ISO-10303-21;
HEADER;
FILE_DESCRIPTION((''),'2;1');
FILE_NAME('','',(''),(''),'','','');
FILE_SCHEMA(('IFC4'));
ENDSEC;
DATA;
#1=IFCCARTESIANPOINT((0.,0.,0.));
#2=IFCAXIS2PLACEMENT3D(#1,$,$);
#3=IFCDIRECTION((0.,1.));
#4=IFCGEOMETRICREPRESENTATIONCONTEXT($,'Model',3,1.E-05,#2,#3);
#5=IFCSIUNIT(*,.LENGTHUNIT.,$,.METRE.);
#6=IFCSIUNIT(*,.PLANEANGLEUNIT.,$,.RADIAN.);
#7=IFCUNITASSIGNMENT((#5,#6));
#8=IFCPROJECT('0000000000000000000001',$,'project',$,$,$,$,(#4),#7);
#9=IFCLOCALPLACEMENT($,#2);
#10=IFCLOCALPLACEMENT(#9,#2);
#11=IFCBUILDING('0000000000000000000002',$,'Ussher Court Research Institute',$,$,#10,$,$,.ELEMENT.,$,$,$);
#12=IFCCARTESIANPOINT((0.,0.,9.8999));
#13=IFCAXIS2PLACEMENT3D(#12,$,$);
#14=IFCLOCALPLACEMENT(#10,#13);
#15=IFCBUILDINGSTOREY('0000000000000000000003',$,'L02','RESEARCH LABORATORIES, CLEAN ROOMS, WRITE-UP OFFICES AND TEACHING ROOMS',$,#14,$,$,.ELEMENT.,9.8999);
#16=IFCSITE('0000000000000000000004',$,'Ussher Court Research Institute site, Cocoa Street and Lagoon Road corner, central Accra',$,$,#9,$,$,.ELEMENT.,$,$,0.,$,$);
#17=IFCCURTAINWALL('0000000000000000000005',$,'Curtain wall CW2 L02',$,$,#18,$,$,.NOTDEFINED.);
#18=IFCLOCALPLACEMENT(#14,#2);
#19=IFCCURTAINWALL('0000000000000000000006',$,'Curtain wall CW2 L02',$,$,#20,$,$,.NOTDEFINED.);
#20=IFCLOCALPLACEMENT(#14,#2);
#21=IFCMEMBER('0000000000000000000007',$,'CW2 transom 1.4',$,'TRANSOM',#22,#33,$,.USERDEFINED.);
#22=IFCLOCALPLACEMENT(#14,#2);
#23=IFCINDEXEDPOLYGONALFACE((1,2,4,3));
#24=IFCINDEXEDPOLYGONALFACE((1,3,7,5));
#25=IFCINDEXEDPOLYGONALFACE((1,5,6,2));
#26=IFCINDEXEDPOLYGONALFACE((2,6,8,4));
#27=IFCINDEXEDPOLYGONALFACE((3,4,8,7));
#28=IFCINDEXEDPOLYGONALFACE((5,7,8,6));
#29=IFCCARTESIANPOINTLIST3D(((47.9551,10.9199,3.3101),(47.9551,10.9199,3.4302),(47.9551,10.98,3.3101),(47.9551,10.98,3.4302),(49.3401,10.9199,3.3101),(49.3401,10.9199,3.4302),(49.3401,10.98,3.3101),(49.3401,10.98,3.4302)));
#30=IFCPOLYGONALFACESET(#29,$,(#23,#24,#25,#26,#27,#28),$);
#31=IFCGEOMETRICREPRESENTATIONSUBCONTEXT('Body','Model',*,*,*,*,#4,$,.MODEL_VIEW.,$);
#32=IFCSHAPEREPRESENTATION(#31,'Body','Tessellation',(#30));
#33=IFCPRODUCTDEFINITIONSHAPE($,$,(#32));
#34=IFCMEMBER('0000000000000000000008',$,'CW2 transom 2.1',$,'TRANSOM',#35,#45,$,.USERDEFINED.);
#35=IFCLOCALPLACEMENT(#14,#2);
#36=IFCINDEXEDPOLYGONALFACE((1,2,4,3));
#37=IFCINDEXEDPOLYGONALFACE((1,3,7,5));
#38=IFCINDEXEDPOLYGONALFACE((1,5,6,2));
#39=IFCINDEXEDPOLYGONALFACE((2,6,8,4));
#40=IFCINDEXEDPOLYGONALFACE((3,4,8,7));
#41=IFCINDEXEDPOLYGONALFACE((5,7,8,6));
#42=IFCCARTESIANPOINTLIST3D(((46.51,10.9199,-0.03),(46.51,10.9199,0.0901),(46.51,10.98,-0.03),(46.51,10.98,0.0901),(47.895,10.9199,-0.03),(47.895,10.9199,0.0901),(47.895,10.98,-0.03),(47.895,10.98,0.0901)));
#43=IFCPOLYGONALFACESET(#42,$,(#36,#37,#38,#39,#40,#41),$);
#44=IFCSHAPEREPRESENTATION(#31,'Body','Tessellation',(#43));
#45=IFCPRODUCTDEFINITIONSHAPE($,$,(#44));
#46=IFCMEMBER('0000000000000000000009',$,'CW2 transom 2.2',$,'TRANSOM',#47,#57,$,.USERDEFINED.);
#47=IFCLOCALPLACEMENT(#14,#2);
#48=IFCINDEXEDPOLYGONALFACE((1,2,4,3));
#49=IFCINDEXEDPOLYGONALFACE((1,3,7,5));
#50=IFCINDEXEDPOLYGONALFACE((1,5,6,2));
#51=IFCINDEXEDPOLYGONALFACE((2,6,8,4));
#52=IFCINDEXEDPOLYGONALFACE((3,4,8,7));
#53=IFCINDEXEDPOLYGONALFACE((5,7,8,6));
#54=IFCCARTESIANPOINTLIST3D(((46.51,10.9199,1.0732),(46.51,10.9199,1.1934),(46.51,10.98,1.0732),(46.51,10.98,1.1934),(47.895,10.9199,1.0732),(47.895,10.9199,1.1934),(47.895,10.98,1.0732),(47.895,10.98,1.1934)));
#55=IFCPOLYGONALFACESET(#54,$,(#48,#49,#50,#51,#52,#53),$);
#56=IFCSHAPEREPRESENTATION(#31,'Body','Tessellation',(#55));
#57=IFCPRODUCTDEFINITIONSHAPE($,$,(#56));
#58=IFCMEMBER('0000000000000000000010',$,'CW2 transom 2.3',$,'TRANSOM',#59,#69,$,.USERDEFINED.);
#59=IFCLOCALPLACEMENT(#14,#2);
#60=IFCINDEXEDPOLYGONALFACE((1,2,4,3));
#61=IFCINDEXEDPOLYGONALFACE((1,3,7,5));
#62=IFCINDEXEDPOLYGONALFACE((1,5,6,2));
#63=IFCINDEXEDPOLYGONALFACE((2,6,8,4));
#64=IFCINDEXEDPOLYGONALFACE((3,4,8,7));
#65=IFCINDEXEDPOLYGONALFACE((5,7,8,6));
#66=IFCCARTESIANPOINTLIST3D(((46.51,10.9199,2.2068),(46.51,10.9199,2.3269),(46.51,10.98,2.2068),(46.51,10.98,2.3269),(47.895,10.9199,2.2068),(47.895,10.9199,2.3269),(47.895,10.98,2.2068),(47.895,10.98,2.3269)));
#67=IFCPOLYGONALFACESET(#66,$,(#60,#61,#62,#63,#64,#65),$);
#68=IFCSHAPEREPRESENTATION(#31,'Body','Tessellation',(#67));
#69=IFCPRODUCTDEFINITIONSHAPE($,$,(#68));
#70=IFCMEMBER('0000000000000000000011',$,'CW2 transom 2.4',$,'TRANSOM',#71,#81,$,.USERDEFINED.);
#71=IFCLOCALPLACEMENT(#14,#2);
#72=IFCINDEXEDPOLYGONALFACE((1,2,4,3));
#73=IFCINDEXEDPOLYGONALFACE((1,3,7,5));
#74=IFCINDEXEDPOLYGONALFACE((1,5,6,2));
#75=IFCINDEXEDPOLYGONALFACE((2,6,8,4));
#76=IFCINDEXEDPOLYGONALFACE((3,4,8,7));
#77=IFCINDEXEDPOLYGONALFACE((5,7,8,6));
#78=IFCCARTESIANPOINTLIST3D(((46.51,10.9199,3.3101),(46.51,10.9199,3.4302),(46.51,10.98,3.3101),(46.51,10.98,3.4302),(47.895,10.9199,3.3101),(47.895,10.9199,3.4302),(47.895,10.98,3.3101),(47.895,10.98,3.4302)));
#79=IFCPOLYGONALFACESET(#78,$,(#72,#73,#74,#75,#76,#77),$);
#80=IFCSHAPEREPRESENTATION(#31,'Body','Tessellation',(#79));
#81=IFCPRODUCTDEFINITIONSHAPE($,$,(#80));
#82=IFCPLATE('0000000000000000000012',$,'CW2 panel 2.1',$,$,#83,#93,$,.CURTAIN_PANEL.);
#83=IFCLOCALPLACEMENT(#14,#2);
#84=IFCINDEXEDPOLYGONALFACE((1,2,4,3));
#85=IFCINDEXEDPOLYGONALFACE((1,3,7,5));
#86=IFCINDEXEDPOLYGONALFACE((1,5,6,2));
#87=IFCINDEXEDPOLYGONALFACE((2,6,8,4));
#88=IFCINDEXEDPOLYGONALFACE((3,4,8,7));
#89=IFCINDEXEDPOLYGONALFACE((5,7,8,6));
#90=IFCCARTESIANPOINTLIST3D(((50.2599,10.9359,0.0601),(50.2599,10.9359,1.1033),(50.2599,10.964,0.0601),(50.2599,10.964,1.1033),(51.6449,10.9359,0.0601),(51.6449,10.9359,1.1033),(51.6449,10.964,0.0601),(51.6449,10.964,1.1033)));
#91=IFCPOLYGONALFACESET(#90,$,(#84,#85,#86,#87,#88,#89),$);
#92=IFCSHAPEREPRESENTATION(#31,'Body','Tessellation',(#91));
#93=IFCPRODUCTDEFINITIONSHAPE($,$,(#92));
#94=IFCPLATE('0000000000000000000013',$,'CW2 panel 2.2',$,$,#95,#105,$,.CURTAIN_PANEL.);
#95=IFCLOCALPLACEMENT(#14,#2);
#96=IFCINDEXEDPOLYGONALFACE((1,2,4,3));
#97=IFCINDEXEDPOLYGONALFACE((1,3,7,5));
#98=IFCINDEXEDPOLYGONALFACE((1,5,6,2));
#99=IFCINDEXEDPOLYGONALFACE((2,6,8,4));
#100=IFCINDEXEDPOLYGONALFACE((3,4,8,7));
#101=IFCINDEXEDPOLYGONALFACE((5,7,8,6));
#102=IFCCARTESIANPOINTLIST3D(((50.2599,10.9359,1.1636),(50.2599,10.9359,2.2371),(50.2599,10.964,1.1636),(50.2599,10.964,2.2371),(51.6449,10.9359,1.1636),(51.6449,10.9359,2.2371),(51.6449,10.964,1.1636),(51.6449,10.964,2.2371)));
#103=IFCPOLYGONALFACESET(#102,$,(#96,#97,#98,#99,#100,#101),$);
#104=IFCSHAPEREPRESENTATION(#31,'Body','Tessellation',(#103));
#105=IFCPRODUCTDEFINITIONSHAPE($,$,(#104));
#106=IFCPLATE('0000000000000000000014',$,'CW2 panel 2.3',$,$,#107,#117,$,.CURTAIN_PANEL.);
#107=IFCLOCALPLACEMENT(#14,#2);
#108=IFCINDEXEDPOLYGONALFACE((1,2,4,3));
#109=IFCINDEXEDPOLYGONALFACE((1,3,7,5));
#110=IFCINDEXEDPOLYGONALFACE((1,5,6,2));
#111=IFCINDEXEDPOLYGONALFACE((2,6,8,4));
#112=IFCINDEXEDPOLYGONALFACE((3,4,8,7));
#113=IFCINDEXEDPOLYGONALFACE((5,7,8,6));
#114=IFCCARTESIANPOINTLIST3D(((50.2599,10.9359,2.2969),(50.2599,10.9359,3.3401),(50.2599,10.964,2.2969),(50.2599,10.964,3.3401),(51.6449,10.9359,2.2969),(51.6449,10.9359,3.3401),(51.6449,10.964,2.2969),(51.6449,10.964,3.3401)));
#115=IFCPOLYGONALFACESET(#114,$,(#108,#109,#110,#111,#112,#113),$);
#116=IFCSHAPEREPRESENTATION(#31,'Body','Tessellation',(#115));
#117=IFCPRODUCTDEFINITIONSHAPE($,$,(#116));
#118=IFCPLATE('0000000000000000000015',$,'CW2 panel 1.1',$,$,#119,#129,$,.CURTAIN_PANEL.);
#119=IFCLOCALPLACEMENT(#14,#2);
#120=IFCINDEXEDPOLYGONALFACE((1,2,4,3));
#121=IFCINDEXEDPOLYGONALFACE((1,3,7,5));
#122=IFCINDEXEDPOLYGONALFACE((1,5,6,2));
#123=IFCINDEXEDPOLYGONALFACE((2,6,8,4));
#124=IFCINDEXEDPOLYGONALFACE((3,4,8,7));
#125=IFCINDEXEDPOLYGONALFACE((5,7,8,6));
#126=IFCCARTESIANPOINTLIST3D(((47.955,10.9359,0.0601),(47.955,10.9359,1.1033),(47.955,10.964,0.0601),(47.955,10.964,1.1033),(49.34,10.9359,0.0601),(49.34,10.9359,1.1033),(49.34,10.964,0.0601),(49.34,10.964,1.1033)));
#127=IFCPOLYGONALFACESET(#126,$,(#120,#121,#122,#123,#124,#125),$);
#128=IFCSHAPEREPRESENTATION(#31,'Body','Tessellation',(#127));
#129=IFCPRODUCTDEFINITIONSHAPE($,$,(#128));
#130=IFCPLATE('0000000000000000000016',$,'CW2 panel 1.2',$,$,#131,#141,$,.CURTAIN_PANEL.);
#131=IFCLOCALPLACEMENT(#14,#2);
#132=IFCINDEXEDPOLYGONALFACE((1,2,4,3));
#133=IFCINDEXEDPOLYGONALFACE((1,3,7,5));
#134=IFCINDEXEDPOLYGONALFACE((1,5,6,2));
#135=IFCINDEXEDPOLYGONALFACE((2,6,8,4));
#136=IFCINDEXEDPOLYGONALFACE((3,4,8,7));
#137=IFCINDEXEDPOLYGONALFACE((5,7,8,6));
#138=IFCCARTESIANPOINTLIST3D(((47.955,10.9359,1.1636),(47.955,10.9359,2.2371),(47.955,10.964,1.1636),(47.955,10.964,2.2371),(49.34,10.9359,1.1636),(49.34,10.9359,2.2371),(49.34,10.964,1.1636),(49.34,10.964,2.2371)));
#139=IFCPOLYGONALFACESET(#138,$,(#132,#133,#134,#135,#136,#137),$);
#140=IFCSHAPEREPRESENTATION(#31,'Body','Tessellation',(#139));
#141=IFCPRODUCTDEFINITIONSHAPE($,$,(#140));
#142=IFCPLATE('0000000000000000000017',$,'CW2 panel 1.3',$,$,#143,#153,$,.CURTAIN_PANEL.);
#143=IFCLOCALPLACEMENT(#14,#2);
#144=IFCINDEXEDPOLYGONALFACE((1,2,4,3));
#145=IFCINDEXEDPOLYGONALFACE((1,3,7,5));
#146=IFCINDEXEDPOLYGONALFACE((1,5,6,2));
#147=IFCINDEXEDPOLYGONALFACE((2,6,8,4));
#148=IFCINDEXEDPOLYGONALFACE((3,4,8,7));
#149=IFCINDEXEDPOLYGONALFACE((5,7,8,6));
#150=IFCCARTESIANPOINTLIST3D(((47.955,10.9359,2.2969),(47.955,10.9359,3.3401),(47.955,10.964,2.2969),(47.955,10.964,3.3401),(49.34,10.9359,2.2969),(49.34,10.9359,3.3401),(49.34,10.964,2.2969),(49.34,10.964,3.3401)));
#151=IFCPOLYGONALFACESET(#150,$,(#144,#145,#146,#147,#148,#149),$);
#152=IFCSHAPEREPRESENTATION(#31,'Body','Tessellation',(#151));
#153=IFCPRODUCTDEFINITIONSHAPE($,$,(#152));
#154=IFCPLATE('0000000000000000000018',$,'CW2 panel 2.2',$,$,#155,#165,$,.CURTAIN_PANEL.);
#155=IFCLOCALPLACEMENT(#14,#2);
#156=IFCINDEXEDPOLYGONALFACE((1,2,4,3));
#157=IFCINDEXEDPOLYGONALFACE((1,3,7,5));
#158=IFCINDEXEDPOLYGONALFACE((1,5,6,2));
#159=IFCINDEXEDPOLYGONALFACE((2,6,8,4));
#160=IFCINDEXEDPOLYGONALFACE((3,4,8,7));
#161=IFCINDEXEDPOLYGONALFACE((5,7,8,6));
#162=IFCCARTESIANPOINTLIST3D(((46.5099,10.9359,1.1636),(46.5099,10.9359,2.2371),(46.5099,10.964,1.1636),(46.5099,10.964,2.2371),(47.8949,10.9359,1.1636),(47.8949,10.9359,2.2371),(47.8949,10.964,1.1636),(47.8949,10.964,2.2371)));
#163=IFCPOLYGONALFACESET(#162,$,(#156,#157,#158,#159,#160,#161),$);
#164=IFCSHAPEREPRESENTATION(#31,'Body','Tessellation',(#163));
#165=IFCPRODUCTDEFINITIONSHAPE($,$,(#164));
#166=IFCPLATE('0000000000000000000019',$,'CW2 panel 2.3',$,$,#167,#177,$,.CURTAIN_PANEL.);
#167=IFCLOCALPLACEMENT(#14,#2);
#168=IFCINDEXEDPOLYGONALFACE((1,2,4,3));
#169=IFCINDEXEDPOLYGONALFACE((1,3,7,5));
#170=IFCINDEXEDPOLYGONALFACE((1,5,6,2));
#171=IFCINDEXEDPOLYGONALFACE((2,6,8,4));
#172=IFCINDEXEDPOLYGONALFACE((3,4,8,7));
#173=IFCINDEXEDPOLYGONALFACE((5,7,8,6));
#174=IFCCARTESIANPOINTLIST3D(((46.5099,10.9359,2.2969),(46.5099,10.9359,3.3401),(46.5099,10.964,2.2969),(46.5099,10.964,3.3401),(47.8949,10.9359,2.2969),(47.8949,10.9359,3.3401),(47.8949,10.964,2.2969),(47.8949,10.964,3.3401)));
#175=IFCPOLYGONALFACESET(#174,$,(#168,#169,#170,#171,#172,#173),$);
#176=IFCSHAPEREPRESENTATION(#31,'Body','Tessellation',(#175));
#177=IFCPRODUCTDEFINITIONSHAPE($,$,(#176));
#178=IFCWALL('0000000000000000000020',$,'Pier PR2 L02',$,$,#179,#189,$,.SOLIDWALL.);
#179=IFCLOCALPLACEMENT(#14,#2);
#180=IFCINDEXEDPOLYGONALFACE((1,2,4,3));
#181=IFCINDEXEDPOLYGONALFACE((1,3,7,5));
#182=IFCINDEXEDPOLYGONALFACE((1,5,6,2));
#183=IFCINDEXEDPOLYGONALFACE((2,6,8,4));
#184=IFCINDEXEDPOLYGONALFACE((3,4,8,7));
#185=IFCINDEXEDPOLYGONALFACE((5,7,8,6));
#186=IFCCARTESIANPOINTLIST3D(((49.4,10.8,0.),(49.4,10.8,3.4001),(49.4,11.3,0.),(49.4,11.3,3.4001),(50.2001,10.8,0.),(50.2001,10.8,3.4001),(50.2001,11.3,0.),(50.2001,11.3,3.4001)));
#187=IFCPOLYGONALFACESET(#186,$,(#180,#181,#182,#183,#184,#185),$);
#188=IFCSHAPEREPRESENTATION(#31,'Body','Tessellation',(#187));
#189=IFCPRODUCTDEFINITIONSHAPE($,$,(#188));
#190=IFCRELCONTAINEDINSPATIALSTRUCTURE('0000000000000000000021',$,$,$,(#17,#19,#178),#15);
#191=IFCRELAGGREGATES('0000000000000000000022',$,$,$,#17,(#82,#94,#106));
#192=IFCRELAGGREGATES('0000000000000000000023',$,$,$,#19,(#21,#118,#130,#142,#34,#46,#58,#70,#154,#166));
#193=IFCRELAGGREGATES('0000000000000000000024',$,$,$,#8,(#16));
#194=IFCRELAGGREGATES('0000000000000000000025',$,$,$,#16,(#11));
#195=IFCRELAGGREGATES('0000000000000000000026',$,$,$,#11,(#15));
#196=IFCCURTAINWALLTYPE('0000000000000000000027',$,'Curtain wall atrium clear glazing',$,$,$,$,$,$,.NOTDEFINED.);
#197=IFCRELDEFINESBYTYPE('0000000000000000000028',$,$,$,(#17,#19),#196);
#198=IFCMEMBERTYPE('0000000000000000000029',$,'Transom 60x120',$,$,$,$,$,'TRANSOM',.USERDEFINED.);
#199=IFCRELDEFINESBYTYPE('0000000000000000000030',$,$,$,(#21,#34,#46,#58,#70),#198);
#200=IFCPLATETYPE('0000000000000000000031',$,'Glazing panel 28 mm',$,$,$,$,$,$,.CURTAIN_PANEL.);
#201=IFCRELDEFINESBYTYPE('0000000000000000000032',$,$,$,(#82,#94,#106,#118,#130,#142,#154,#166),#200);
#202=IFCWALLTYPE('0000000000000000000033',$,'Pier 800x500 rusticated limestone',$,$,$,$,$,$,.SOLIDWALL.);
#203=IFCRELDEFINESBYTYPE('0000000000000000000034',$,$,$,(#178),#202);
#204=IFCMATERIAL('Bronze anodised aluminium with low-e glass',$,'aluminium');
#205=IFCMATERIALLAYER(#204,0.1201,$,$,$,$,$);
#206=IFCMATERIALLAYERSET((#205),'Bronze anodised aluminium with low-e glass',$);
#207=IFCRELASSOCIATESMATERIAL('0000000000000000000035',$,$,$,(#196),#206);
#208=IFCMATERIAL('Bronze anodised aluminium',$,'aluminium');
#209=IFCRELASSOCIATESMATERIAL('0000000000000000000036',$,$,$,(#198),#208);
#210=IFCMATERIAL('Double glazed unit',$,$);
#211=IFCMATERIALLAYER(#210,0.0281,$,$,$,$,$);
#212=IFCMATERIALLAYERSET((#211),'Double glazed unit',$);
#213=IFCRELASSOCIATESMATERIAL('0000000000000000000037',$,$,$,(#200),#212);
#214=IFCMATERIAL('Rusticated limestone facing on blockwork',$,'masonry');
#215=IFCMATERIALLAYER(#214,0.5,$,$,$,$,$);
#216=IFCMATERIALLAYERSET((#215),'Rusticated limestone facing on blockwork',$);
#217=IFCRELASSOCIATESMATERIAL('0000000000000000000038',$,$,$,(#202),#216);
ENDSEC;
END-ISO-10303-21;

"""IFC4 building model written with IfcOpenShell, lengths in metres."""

from ifc_helpers import new_model, si_unit, direction, frame, frame_2d, origin, origin_2d, place, context, subcontext, project, spatial, rectangle, extrude, material, layer, layer_set, material_profile, profile_set, type_object, element, aggregate, save


model = new_model("IFC4")

# Units and contexts
model_context = context("Model", 3, precision=1e-05, world=origin(), true_north=direction((0.0, 1.0)))
body_context = subcontext(model_context, "Body", "Model", "MODEL_VIEW")
ifc_project = project(units=[si_unit("LENGTHUNIT", "METRE"), si_unit("PLANEANGLEUNIT", "RADIAN")], contexts=[model_context])

# Site, building, storey
site_placement = place(None, origin())
site = spatial("IfcSite", under=ifc_project, at=site_placement, Name="Ussher Court Research Institute site, Cocoa Street and Lagoon Road corner, central Accra", CompositionType="ELEMENT", RefElevation=0.0)
building_placement = place(site_placement, origin())
building = spatial("IfcBuilding", under=site, at=building_placement, Name="Ussher Court Research Institute", CompositionType="ELEMENT")
storey_placement = place(building_placement, frame((0.0, 0.0, 9.8999)))
storey = spatial("IfcBuildingStorey", under=building, at=storey_placement, Name="L02", Description="RESEARCH LABORATORIES, CLEAN ROOMS, WRITE-UP OFFICES AND TEACHING ROOMS", CompositionType="ELEMENT", Elevation=9.8999)

# Curtain walls
ifc_material_1 = material(Name="Bronze anodised aluminium with low-e glass", Category="aluminium")
ifc_layer_1 = layer(ifc_material_1, 0.1201)
ifc_layer_set_1 = layer_set([ifc_layer_1], Name="Bronze anodised aluminium with low-e glass")
curtain_wall_type = type_object("IfcCurtainWallType", Name="Curtain wall atrium clear glazing", PredefinedType="NOTDEFINED", material=ifc_layer_set_1)
curtain_wall_1_placement = place(storey_placement, origin())
curtain_wall_1 = element("IfcCurtainWall", 1, at=curtain_wall_1_placement, inside=storey, type_object=curtain_wall_type, Name="Curtain wall CW2 L02", PredefinedType="NOTDEFINED")
curtain_wall_2_placement = place(storey_placement, origin())
curtain_wall_2 = element("IfcCurtainWall", 2, at=curtain_wall_2_placement, inside=storey, type_object=curtain_wall_type, Name="Curtain wall CW2 L02", PredefinedType="NOTDEFINED")

# Members
ifc_material_2 = material(Name="Bronze anodised aluminium", Category="aluminium")
ifc_material_profile_1 = material_profile(ifc_material_2, rectangle(XDim=0.0601, YDim=0.1201, at=origin_2d()), Name="Transom 60x120")
ifc_profile_set_1 = profile_set([ifc_material_profile_1], Name="Bronze anodised aluminium")
member_type_1 = type_object("IfcMemberType", Name="Transom 60x120", ElementType="TRANSOM", PredefinedType="USERDEFINED", material=ifc_profile_set_1)
member_1_placement = place(storey_placement, frame((49.3401, 10.95, 3.3701), z_axis=(-1.0, 0.0, 0.0), x_axis=(0.0, -1.0, 0.0)))
member_1 = element("IfcMember", 3, at=member_1_placement, type_object=member_type_1, Name="CW2 transom 1.4", ObjectType="TRANSOM", PredefinedType="USERDEFINED", context=body_context, shape_type="SweptSolid", body=[
    extrude(rectangle(XDim=0.0601, YDim=0.1201, at=origin_2d()), origin(), (0.0, 0.0, 1.0), 1.385),
])
member_2_placement = place(storey_placement, frame((47.895, 10.95, 0.03), z_axis=(-1.0, 0.0, 0.0), x_axis=(0.0, -1.0, 0.0)))
member_2 = element("IfcMember", 4, at=member_2_placement, type_object=member_type_1, Name="CW2 transom 2.1", ObjectType="TRANSOM", PredefinedType="USERDEFINED", context=body_context, shape_type="SweptSolid", body=[
    extrude(rectangle(XDim=0.0601, YDim=0.1201, at=origin_2d()), origin(), (0.0, 0.0, 1.0), 1.385),
])
member_3_placement = place(storey_placement, frame((47.895, 10.95, 1.1333), z_axis=(-1.0, 0.0, 0.0), x_axis=(0.0, -1.0, 0.0)))
member_3 = element("IfcMember", 5, at=member_3_placement, type_object=member_type_1, Name="CW2 transom 2.2", ObjectType="TRANSOM", PredefinedType="USERDEFINED", context=body_context, shape_type="SweptSolid", body=[
    extrude(rectangle(XDim=0.0601, YDim=0.1201, at=origin_2d()), origin(), (0.0, 0.0, 1.0), 1.385),
])
member_4_placement = place(storey_placement, frame((47.895, 10.95, 2.2668), z_axis=(-1.0, 0.0, 0.0), x_axis=(0.0, -1.0, 0.0)))
member_4 = element("IfcMember", 6, at=member_4_placement, type_object=member_type_1, Name="CW2 transom 2.3", ObjectType="TRANSOM", PredefinedType="USERDEFINED", context=body_context, shape_type="SweptSolid", body=[
    extrude(rectangle(XDim=0.0601, YDim=0.1201, at=origin_2d()), origin(), (0.0, 0.0, 1.0), 1.385),
])
member_5_placement = place(storey_placement, frame((47.895, 10.95, 3.3701), z_axis=(-1.0, 0.0, 0.0), x_axis=(0.0, -1.0, 0.0)))
member_5 = element("IfcMember", 7, at=member_5_placement, type_object=member_type_1, Name="CW2 transom 2.4", ObjectType="TRANSOM", PredefinedType="USERDEFINED", context=body_context, shape_type="SweptSolid", body=[
    extrude(rectangle(XDim=0.0601, YDim=0.1201, at=origin_2d()), origin(), (0.0, 0.0, 1.0), 1.385),
])

# Plates
ifc_material_3 = material(Name="Double glazed unit")
ifc_layer_2 = layer(ifc_material_3, 0.0281)
ifc_layer_set_2 = layer_set([ifc_layer_2], Name="Double glazed unit")
plate_type = type_object("IfcPlateType", Name="Glazing panel 28 mm", PredefinedType="CURTAIN_PANEL", material=ifc_layer_set_2)
plate_1_placement = place(storey_placement, frame((50.9524, 10.95, 0.0601), z_axis=(0.0, 0.0, 1.0), x_axis=(-1.0, 0.0, 0.0)))
plate_1 = element("IfcPlate", 8, at=plate_1_placement, type_object=plate_type, Name="CW2 panel 2.1", PredefinedType="CURTAIN_PANEL", context=body_context, shape_type="SweptSolid", body=[
    extrude(rectangle(XDim=1.385, YDim=0.0281, at=origin_2d()), origin(), (0.0, 0.0, 1.0), 1.0432),
])
plate_2_placement = place(storey_placement, frame((50.9524, 10.95, 1.1636), z_axis=(0.0, 0.0, 1.0), x_axis=(-1.0, 0.0, 0.0)))
plate_2 = element("IfcPlate", 9, at=plate_2_placement, type_object=plate_type, Name="CW2 panel 2.2", PredefinedType="CURTAIN_PANEL", context=body_context, shape_type="SweptSolid", body=[
    extrude(rectangle(XDim=1.385, YDim=0.0281, at=origin_2d()), origin(), (0.0, 0.0, 1.0), 1.0735),
])
plate_3_placement = place(storey_placement, frame((50.9524, 10.95, 2.2969), z_axis=(0.0, 0.0, 1.0), x_axis=(-1.0, 0.0, 0.0)))
plate_3 = element("IfcPlate", 10, at=plate_3_placement, type_object=plate_type, Name="CW2 panel 2.3", PredefinedType="CURTAIN_PANEL", context=body_context, shape_type="SweptSolid", body=[
    extrude(rectangle(XDim=1.385, YDim=0.0281, at=origin_2d()), origin(), (0.0, 0.0, 1.0), 1.0432),
])
aggregate(curtain_wall_1, [plate_1, plate_2, plate_3])
plate_4_placement = place(storey_placement, frame((48.6475, 10.95, 0.0601), z_axis=(0.0, 0.0, 1.0), x_axis=(-1.0, 0.0, 0.0)))
plate_4 = element("IfcPlate", 11, at=plate_4_placement, type_object=plate_type, Name="CW2 panel 1.1", PredefinedType="CURTAIN_PANEL", context=body_context, shape_type="SweptSolid", body=[
    extrude(rectangle(XDim=1.385, YDim=0.0281, at=origin_2d()), origin(), (0.0, 0.0, 1.0), 1.0432),
])
plate_5_placement = place(storey_placement, frame((48.6475, 10.95, 1.1636), z_axis=(0.0, 0.0, 1.0), x_axis=(-1.0, 0.0, 0.0)))
plate_5 = element("IfcPlate", 12, at=plate_5_placement, type_object=plate_type, Name="CW2 panel 1.2", PredefinedType="CURTAIN_PANEL", context=body_context, shape_type="SweptSolid", body=[
    extrude(rectangle(XDim=1.385, YDim=0.0281, at=origin_2d()), origin(), (0.0, 0.0, 1.0), 1.0735),
])
plate_6_placement = place(storey_placement, frame((48.6475, 10.95, 2.2969), z_axis=(0.0, 0.0, 1.0), x_axis=(-1.0, 0.0, 0.0)))
plate_6 = element("IfcPlate", 13, at=plate_6_placement, type_object=plate_type, Name="CW2 panel 1.3", PredefinedType="CURTAIN_PANEL", context=body_context, shape_type="SweptSolid", body=[
    extrude(rectangle(XDim=1.385, YDim=0.0281, at=origin_2d()), origin(), (0.0, 0.0, 1.0), 1.0432),
])
plate_7_placement = place(storey_placement, frame((47.2024, 10.95, 1.1636), z_axis=(0.0, 0.0, 1.0), x_axis=(-1.0, 0.0, 0.0)))
plate_7 = element("IfcPlate", 14, at=plate_7_placement, type_object=plate_type, Name="CW2 panel 2.2", PredefinedType="CURTAIN_PANEL", context=body_context, shape_type="SweptSolid", body=[
    extrude(rectangle(XDim=1.385, YDim=0.0281, at=origin_2d()), origin(), (0.0, 0.0, 1.0), 1.0735),
])
plate_8_placement = place(storey_placement, frame((47.2024, 10.95, 2.2969), z_axis=(0.0, 0.0, 1.0), x_axis=(-1.0, 0.0, 0.0)))
plate_8 = element("IfcPlate", 15, at=plate_8_placement, type_object=plate_type, Name="CW2 panel 2.3", PredefinedType="CURTAIN_PANEL", context=body_context, shape_type="SweptSolid", body=[
    extrude(rectangle(XDim=1.385, YDim=0.0281, at=origin_2d()), origin(), (0.0, 0.0, 1.0), 1.0432),
])
aggregate(curtain_wall_2, [member_1, plate_4, plate_5, plate_6, member_2, member_3, member_4, member_5, plate_7, plate_8])

# Wall
ifc_material_4 = material(Name="Rusticated limestone facing on blockwork", Category="masonry")
ifc_layer_3 = layer(ifc_material_4, 0.5)
ifc_layer_set_3 = layer_set([ifc_layer_3], Name="Rusticated limestone facing on blockwork")
wall_type = type_object("IfcWallType", Name="Pier 800x500 rusticated limestone", PredefinedType="SOLIDWALL", material=ifc_layer_set_3)
wall_placement = place(storey_placement, frame((50.2, 11.05, 0.0), z_axis=(0.0, 0.0, 1.0), x_axis=(-1.0, 0.0, 0.0)))
element("IfcWall", 16, at=wall_placement, inside=storey, type_object=wall_type, Name="Pier PR2 L02", PredefinedType="SOLIDWALL", context=body_context, shape_type="SweptSolid", body=[
    extrude(rectangle(XDim=0.8, YDim=0.5, at=frame_2d((0.3999, 0.0))), origin(), (0.0, 0.0, 1.0), 3.4001),
])

save(model, "model.ifc")
